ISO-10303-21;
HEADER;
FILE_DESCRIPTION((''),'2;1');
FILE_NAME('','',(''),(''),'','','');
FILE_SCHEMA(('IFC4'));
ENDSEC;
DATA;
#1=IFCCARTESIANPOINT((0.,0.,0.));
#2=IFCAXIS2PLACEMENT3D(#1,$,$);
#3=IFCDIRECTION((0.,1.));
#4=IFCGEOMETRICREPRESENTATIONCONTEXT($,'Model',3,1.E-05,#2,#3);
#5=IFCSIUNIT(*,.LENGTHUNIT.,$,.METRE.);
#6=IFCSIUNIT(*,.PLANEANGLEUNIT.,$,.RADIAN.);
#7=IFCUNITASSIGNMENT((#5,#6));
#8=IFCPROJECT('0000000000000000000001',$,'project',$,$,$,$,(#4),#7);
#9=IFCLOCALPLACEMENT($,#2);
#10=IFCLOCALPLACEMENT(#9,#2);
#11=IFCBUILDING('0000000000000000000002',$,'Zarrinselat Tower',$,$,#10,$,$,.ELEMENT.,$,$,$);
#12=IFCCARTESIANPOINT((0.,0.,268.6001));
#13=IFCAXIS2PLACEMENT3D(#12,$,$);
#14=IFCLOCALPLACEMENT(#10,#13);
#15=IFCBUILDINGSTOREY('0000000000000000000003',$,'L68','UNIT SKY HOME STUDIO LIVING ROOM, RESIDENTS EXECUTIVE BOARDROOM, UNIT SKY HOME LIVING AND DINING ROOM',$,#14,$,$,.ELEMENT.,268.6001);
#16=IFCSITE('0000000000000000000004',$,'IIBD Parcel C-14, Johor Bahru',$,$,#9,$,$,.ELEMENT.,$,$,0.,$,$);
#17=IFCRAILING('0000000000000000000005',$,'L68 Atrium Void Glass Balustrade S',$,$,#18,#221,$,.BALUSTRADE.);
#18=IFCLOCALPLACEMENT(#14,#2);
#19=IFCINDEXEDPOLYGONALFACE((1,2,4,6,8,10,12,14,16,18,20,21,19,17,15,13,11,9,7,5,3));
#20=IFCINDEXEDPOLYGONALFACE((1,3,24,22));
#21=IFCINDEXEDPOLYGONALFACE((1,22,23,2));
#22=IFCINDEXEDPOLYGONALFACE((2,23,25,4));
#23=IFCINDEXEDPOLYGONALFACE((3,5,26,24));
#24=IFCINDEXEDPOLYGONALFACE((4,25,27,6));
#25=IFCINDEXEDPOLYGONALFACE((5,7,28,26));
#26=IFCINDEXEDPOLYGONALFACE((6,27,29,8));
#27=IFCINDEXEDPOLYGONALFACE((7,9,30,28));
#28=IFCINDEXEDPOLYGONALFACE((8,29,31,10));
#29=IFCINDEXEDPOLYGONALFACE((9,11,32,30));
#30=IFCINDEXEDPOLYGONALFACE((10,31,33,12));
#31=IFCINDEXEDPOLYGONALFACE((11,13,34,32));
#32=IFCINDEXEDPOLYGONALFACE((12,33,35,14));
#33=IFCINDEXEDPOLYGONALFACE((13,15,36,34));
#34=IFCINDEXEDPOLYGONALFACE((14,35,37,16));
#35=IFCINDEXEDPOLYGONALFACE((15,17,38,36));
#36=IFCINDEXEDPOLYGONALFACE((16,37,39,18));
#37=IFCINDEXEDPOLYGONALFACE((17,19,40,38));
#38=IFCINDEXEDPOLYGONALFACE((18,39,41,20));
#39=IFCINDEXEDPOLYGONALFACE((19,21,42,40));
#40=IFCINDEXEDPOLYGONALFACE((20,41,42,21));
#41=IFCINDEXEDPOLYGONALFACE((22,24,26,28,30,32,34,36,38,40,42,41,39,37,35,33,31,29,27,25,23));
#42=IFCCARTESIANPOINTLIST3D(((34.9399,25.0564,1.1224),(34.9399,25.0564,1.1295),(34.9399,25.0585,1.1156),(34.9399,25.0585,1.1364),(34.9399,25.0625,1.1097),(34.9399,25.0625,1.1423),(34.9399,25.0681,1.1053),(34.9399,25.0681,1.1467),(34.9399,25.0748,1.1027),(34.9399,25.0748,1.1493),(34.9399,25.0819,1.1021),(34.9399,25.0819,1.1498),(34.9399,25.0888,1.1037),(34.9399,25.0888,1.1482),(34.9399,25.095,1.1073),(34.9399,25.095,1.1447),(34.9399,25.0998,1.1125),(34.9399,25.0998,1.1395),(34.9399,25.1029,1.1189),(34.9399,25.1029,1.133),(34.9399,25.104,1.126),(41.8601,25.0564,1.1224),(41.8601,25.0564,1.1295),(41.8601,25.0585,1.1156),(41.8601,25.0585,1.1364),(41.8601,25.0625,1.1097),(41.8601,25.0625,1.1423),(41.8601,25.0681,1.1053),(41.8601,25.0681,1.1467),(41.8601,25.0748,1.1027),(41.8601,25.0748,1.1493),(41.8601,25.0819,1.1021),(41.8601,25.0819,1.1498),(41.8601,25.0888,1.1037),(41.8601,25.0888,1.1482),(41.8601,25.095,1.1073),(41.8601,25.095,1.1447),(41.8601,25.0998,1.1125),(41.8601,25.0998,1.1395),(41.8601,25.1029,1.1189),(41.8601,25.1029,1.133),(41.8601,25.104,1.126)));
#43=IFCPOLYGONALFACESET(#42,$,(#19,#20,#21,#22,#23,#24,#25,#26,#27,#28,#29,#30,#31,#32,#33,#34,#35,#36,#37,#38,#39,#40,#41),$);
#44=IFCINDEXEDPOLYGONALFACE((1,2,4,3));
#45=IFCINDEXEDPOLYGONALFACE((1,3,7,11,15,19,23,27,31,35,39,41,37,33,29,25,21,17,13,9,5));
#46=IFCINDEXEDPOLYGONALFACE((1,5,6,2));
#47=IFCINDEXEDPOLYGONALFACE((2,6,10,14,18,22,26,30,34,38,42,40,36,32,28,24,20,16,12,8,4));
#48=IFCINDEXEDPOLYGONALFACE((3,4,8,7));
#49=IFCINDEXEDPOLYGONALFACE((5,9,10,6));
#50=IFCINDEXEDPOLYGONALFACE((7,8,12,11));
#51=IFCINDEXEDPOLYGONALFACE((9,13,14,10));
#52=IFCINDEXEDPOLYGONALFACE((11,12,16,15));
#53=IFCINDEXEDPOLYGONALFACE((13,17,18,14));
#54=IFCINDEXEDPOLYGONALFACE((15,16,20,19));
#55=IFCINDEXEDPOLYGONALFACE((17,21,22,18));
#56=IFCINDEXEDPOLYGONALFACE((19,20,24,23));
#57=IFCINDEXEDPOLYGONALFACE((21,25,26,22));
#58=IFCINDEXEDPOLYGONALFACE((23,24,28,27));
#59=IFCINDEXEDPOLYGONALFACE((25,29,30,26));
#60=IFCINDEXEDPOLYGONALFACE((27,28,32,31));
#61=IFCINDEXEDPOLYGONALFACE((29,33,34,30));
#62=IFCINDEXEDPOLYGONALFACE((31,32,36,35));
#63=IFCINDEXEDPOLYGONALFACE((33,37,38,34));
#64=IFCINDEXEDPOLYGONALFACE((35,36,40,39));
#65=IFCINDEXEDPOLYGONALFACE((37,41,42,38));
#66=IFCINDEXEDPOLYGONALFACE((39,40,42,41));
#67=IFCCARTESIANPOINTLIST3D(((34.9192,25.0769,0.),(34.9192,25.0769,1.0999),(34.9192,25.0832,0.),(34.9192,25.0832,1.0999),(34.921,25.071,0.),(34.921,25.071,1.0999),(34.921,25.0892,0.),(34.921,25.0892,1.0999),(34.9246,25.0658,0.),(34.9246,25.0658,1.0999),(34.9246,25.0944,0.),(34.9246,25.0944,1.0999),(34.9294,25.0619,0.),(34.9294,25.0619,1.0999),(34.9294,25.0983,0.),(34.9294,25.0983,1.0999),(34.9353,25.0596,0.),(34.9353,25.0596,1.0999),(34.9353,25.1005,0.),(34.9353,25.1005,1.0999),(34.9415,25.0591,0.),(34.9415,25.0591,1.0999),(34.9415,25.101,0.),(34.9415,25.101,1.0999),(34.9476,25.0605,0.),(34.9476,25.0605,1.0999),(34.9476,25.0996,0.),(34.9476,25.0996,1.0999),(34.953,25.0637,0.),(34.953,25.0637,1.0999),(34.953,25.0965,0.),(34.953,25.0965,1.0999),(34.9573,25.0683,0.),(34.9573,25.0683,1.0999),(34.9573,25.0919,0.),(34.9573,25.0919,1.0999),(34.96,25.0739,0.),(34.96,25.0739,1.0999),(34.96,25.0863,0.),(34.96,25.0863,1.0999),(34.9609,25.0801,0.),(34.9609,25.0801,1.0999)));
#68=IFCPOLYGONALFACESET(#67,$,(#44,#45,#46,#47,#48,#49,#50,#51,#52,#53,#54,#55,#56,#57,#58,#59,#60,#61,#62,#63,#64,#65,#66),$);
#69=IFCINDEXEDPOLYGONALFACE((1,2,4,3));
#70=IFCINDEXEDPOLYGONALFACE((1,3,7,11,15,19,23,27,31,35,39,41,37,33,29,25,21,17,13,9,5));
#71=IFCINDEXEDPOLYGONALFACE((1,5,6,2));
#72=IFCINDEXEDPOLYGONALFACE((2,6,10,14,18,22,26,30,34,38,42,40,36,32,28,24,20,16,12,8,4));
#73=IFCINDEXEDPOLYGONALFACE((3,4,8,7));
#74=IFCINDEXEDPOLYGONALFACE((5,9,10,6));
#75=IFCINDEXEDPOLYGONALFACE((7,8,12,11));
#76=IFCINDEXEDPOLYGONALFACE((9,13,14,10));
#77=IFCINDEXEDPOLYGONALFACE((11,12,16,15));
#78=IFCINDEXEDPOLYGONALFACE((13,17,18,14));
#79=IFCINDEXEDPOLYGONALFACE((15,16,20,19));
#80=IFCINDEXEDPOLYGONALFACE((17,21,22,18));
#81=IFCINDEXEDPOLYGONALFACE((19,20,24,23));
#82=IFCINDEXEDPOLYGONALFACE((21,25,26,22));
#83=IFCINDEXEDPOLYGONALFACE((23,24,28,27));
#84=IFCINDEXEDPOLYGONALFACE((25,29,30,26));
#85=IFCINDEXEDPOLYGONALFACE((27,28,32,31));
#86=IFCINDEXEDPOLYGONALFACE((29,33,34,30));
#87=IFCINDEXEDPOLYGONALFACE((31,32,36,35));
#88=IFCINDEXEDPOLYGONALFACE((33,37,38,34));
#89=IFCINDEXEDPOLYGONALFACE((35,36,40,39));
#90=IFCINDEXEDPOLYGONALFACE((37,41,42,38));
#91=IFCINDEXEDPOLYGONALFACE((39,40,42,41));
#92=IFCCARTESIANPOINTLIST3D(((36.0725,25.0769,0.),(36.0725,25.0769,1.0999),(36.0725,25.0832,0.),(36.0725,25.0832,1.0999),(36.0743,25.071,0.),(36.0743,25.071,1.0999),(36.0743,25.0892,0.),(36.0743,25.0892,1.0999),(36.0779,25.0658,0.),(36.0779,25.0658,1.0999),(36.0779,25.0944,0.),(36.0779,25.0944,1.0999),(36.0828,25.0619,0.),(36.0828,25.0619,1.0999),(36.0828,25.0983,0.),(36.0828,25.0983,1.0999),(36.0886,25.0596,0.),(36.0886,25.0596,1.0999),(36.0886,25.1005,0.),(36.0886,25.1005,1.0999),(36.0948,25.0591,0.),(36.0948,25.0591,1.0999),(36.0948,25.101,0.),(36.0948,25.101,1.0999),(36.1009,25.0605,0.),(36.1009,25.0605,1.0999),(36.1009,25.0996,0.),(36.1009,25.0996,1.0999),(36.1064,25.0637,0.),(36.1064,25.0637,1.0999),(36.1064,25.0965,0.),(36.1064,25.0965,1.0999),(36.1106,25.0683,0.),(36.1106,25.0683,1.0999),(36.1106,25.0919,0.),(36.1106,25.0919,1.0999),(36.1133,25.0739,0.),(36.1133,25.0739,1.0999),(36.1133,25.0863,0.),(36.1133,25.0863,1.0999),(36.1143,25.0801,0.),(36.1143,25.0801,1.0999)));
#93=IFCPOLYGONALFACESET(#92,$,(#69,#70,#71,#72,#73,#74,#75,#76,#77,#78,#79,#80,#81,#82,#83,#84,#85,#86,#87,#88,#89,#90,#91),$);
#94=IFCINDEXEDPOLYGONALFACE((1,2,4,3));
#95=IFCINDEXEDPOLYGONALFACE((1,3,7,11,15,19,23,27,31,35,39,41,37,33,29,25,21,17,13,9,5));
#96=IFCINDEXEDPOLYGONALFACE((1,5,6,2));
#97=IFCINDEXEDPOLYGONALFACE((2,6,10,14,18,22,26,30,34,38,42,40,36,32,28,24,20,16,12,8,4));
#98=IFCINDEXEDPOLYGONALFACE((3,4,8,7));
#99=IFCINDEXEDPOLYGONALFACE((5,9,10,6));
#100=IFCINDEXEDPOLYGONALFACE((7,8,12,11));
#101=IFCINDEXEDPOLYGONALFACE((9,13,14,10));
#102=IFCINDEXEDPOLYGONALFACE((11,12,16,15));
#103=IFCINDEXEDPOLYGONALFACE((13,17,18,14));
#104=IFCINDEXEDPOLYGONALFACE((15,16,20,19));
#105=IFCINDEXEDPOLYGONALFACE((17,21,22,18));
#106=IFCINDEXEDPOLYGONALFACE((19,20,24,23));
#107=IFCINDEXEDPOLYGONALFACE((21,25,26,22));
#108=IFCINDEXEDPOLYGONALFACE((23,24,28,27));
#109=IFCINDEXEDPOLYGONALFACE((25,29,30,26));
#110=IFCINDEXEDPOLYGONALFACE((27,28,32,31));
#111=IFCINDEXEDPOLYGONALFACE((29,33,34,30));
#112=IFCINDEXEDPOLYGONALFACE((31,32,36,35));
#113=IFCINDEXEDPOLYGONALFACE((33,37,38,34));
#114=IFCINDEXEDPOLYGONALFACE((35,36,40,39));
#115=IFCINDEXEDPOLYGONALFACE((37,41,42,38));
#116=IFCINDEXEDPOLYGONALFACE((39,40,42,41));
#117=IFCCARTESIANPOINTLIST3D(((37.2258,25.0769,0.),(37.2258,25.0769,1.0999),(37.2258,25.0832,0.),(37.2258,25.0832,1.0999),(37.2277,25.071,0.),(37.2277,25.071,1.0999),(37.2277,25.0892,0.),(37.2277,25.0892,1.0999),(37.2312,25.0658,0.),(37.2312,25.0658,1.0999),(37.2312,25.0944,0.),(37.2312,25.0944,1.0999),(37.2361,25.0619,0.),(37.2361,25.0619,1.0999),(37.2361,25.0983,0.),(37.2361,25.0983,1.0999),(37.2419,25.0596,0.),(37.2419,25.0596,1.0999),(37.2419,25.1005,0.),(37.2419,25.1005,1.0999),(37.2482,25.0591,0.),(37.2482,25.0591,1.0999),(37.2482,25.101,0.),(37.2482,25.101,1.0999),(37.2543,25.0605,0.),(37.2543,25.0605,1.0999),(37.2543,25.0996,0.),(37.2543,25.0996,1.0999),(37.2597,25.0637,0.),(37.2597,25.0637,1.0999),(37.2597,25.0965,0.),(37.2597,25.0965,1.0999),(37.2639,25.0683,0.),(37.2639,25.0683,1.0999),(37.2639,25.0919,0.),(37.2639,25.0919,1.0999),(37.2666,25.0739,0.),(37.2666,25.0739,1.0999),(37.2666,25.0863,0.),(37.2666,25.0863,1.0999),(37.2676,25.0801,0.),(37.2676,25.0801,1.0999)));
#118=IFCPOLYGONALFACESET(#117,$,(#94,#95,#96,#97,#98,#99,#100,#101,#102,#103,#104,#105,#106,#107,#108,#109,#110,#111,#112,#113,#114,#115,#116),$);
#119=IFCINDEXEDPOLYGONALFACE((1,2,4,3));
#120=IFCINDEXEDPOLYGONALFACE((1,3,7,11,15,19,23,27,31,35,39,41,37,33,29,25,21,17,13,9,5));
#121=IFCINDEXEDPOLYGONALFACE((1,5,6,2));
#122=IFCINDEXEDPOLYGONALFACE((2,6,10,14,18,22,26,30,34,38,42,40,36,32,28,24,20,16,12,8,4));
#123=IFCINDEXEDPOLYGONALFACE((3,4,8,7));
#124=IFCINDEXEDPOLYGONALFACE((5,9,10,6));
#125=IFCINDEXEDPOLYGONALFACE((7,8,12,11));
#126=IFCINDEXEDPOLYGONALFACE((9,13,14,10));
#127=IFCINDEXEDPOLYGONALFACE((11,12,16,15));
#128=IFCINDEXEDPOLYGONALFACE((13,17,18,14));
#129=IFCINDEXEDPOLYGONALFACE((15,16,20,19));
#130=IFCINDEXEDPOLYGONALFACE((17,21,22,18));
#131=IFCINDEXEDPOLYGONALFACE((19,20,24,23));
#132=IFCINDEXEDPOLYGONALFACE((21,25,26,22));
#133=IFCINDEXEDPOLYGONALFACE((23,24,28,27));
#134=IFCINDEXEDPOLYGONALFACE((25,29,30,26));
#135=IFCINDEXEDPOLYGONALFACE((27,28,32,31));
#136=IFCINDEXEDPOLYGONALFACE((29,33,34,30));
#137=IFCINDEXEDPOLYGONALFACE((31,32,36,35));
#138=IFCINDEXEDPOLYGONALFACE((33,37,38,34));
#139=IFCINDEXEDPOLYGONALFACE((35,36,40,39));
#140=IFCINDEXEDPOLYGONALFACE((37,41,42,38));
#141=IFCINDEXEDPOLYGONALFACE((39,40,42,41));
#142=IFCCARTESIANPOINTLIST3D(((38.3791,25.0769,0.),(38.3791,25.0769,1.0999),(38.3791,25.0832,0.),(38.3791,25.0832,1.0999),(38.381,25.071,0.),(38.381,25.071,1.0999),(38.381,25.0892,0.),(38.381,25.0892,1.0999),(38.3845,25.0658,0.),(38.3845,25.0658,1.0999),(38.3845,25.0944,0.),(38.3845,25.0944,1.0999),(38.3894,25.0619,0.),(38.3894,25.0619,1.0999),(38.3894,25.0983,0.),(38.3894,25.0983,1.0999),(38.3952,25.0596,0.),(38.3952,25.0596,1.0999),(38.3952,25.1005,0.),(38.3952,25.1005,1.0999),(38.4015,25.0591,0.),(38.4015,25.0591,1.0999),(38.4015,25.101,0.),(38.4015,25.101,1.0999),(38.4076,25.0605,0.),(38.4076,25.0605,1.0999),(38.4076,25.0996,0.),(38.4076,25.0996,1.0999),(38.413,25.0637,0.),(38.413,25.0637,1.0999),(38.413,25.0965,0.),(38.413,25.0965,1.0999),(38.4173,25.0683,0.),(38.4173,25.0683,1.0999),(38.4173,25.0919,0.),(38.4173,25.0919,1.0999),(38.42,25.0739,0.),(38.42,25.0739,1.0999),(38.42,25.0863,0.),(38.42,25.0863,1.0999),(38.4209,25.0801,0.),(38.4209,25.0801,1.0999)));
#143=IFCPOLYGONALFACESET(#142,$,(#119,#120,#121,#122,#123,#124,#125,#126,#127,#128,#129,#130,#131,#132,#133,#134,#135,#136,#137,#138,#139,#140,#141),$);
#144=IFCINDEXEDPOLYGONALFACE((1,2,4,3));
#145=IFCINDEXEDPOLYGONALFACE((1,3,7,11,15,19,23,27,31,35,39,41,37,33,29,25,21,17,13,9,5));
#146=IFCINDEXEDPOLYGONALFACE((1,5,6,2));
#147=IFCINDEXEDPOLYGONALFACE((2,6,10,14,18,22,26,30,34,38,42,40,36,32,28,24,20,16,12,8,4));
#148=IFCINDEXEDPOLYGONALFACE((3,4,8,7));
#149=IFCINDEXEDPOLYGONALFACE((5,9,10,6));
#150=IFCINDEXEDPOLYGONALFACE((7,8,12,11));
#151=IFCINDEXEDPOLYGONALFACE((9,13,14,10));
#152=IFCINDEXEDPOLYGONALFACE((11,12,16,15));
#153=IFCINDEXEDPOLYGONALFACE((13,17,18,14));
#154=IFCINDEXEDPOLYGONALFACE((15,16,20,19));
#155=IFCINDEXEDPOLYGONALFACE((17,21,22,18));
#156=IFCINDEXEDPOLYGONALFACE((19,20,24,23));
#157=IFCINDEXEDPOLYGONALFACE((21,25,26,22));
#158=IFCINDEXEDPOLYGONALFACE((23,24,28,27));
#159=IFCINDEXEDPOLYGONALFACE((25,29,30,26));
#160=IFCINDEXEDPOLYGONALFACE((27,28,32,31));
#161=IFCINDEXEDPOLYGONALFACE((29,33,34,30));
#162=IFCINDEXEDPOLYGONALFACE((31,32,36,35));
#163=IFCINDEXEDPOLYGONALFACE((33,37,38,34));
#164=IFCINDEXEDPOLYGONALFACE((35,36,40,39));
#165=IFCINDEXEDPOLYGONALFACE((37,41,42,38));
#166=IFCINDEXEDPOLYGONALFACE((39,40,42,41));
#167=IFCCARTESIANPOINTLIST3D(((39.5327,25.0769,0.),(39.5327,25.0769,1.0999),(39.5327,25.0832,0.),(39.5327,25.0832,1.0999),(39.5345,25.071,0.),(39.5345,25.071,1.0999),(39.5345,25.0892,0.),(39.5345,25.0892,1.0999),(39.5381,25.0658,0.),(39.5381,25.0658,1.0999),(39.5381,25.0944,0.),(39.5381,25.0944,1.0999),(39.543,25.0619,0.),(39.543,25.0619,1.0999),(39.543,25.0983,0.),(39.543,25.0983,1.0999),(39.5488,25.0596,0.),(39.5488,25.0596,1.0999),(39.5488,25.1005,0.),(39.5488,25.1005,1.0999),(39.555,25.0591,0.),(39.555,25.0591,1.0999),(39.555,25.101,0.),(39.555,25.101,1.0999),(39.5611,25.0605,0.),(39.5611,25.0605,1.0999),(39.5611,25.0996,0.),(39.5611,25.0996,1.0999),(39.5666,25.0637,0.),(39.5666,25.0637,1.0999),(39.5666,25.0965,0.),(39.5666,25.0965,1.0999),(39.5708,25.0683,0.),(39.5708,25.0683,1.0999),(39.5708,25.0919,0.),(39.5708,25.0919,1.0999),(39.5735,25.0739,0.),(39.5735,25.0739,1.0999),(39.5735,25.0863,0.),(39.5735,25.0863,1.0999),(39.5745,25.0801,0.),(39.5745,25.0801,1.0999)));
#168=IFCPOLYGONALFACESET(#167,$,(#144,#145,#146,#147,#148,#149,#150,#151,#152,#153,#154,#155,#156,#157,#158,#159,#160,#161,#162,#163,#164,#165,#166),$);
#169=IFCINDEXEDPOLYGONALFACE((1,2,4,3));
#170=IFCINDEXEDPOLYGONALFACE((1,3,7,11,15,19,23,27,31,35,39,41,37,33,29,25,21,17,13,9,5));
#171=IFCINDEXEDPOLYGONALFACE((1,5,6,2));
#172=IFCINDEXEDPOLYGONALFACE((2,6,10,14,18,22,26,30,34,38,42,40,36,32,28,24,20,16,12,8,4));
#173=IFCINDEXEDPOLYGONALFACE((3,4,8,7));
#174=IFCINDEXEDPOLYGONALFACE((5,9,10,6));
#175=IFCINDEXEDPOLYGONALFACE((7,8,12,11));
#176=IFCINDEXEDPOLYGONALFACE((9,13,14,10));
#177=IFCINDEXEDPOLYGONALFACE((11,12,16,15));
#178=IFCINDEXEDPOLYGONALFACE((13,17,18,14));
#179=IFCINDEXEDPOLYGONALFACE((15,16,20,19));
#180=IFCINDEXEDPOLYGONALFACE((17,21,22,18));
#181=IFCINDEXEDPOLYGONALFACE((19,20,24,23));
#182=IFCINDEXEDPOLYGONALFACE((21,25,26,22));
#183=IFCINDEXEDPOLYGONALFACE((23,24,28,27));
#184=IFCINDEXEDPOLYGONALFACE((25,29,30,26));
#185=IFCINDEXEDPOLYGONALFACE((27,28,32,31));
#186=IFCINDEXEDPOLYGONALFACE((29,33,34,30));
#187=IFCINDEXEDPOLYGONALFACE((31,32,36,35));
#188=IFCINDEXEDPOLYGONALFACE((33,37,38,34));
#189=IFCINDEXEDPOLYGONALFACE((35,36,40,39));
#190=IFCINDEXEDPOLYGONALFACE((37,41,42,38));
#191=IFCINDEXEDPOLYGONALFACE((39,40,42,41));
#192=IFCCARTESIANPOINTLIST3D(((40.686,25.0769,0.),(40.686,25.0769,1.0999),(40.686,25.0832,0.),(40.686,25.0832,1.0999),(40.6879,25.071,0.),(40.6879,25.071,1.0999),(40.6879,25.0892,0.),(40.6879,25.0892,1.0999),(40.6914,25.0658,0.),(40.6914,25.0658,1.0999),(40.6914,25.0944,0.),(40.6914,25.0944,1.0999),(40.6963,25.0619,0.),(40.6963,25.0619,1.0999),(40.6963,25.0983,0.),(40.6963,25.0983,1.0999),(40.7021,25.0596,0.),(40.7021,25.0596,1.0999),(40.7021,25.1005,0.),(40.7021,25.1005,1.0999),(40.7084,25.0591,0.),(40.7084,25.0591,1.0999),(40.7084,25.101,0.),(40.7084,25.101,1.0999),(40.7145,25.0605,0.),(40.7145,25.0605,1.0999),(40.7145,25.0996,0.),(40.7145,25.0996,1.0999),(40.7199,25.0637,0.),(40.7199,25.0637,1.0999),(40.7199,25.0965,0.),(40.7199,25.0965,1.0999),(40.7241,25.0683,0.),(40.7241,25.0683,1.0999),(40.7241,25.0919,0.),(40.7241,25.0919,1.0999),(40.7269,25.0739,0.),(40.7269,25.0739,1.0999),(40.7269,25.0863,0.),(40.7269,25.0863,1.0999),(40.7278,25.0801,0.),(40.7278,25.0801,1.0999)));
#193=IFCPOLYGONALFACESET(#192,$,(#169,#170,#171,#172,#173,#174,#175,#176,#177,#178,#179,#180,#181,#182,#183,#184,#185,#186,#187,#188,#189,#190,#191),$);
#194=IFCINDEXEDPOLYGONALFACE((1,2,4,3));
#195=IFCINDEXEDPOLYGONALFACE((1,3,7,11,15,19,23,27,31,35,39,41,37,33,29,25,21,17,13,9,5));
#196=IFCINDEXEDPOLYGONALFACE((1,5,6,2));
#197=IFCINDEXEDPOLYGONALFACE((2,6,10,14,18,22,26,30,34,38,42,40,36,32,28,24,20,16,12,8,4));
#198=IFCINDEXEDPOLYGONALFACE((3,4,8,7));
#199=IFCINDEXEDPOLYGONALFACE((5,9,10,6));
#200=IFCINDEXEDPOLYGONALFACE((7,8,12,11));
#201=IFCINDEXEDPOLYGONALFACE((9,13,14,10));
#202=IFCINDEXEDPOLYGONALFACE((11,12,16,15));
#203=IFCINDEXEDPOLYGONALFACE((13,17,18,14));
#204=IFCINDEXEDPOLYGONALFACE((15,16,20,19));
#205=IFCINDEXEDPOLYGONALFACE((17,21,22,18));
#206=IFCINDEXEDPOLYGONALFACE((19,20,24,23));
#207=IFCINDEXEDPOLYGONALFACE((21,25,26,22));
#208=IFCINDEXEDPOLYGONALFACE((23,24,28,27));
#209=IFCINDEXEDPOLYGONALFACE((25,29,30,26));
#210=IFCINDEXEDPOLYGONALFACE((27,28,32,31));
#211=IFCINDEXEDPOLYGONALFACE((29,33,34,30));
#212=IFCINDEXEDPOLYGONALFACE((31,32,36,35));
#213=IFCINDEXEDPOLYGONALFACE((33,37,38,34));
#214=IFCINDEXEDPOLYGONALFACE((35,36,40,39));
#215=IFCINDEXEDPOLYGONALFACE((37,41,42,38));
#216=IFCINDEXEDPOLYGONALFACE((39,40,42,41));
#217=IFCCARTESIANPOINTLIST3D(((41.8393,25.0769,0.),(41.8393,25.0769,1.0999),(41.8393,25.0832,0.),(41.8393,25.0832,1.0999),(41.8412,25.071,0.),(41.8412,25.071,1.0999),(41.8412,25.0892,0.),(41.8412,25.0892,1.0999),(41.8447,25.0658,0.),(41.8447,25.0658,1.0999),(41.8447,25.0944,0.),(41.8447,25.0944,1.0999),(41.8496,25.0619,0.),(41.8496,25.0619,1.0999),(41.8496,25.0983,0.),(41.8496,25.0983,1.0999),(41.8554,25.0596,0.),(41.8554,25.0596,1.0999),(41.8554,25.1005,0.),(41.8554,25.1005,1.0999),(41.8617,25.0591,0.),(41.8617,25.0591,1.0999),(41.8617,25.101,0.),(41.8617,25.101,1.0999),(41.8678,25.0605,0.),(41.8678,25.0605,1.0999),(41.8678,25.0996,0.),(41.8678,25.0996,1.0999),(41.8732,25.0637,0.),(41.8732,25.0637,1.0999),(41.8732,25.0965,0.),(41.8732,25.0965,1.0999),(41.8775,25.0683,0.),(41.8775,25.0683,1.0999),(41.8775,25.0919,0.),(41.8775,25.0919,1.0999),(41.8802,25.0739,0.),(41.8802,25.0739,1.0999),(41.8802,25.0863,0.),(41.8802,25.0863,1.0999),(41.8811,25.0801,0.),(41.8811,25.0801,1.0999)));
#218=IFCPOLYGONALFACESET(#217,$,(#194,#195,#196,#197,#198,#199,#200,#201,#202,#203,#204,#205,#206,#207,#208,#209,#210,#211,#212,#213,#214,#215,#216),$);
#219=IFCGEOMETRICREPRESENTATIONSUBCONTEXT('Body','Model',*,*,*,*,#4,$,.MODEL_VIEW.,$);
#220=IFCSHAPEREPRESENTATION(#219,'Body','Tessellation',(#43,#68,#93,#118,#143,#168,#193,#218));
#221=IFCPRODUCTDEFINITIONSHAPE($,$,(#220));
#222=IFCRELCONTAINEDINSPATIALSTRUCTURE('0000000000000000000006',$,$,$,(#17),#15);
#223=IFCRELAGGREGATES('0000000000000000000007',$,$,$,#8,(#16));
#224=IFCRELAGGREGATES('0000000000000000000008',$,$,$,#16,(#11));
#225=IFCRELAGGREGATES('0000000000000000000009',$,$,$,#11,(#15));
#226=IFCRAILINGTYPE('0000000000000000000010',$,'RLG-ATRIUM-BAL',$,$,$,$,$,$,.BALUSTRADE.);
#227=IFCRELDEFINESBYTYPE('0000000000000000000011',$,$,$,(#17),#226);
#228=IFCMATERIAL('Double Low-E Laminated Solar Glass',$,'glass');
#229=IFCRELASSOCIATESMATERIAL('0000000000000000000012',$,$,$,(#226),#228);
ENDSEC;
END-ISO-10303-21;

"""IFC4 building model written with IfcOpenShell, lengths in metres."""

from ifc_helpers import new_model, si_unit, direction, frame, origin, origin_2d, place, context, subcontext, project, spatial, circle, extrude, material, type_object, element, save


model = new_model("IFC4")

# Units and contexts
model_context = context("Model", 3, precision=1e-05, world=origin(), true_north=direction((0.0, 1.0)))
body_context = subcontext(model_context, "Body", "Model", "MODEL_VIEW")
ifc_project = project(units=[si_unit("LENGTHUNIT", "METRE"), si_unit("PLANEANGLEUNIT", "RADIAN")], contexts=[model_context])

# Site, building, storey
site_placement = place(None, origin())
site = spatial("IfcSite", under=ifc_project, at=site_placement, Name="IIBD Parcel C-14, Johor Bahru", CompositionType="ELEMENT", RefElevation=0.0)
building_placement = place(site_placement, origin())
building = spatial("IfcBuilding", under=site, at=building_placement, Name="Zarrinselat Tower", CompositionType="ELEMENT")
storey_placement = place(building_placement, frame((0.0, 0.0, 268.6001)))
storey = spatial("IfcBuildingStorey", under=building, at=storey_placement, Name="L68", Description="UNIT SKY HOME STUDIO LIVING ROOM, RESIDENTS EXECUTIVE BOARDROOM, UNIT SKY HOME LIVING AND DINING ROOM", CompositionType="ELEMENT", Elevation=268.6001)

# Railing
ifc_material_1 = material(Name="Double Low-E Laminated Solar Glass", Category="glass")
railing_type = type_object("IfcRailingType", Name="RLG-ATRIUM-BAL", PredefinedType="BALUSTRADE", material=ifc_material_1)
railing_placement = place(storey_placement, frame((34.9399, 25.0801, 0.0)))
element("IfcRailing", 1, at=railing_placement, inside=storey, type_object=railing_type, Name="L68 Atrium Void Glass Balustrade S", PredefinedType="BALUSTRADE", context=body_context, shape_type="SweptSolid", body=[
    extrude(circle(Radius=0.0239, at=origin_2d()), frame((0.0, 0.0, 1.126), z_axis=(1.0, 0.0, 0.0), x_axis=(0.0, 1.0, 0.0)), (0.0, 0.0, 1.0), 6.9202),
    extrude(circle(Radius=0.021, at=origin_2d()), origin(), (0.0, 0.0, 1.0), 1.0999),
    extrude(circle(Radius=0.021, at=origin_2d()), frame((1.1533, 0.0, 0.0)), (0.0, 0.0, 1.0), 1.0999),
    extrude(circle(Radius=0.021, at=origin_2d()), frame((2.3066, 0.0, 0.0)), (0.0, 0.0, 1.0), 1.0999),
    extrude(circle(Radius=0.021, at=origin_2d()), frame((3.46, 0.0, 0.0)), (0.0, 0.0, 1.0), 1.0999),
    extrude(circle(Radius=0.021, at=origin_2d()), frame((4.6135, 0.0, 0.0)), (0.0, 0.0, 1.0), 1.0999),
    extrude(circle(Radius=0.021, at=origin_2d()), frame((5.7668, 0.0, 0.0)), (0.0, 0.0, 1.0), 1.0999),
    extrude(circle(Radius=0.021, at=origin_2d()), frame((6.9202, 0.0, 0.0)), (0.0, 0.0, 1.0), 1.0999),
])

save(model, "model.ifc")
